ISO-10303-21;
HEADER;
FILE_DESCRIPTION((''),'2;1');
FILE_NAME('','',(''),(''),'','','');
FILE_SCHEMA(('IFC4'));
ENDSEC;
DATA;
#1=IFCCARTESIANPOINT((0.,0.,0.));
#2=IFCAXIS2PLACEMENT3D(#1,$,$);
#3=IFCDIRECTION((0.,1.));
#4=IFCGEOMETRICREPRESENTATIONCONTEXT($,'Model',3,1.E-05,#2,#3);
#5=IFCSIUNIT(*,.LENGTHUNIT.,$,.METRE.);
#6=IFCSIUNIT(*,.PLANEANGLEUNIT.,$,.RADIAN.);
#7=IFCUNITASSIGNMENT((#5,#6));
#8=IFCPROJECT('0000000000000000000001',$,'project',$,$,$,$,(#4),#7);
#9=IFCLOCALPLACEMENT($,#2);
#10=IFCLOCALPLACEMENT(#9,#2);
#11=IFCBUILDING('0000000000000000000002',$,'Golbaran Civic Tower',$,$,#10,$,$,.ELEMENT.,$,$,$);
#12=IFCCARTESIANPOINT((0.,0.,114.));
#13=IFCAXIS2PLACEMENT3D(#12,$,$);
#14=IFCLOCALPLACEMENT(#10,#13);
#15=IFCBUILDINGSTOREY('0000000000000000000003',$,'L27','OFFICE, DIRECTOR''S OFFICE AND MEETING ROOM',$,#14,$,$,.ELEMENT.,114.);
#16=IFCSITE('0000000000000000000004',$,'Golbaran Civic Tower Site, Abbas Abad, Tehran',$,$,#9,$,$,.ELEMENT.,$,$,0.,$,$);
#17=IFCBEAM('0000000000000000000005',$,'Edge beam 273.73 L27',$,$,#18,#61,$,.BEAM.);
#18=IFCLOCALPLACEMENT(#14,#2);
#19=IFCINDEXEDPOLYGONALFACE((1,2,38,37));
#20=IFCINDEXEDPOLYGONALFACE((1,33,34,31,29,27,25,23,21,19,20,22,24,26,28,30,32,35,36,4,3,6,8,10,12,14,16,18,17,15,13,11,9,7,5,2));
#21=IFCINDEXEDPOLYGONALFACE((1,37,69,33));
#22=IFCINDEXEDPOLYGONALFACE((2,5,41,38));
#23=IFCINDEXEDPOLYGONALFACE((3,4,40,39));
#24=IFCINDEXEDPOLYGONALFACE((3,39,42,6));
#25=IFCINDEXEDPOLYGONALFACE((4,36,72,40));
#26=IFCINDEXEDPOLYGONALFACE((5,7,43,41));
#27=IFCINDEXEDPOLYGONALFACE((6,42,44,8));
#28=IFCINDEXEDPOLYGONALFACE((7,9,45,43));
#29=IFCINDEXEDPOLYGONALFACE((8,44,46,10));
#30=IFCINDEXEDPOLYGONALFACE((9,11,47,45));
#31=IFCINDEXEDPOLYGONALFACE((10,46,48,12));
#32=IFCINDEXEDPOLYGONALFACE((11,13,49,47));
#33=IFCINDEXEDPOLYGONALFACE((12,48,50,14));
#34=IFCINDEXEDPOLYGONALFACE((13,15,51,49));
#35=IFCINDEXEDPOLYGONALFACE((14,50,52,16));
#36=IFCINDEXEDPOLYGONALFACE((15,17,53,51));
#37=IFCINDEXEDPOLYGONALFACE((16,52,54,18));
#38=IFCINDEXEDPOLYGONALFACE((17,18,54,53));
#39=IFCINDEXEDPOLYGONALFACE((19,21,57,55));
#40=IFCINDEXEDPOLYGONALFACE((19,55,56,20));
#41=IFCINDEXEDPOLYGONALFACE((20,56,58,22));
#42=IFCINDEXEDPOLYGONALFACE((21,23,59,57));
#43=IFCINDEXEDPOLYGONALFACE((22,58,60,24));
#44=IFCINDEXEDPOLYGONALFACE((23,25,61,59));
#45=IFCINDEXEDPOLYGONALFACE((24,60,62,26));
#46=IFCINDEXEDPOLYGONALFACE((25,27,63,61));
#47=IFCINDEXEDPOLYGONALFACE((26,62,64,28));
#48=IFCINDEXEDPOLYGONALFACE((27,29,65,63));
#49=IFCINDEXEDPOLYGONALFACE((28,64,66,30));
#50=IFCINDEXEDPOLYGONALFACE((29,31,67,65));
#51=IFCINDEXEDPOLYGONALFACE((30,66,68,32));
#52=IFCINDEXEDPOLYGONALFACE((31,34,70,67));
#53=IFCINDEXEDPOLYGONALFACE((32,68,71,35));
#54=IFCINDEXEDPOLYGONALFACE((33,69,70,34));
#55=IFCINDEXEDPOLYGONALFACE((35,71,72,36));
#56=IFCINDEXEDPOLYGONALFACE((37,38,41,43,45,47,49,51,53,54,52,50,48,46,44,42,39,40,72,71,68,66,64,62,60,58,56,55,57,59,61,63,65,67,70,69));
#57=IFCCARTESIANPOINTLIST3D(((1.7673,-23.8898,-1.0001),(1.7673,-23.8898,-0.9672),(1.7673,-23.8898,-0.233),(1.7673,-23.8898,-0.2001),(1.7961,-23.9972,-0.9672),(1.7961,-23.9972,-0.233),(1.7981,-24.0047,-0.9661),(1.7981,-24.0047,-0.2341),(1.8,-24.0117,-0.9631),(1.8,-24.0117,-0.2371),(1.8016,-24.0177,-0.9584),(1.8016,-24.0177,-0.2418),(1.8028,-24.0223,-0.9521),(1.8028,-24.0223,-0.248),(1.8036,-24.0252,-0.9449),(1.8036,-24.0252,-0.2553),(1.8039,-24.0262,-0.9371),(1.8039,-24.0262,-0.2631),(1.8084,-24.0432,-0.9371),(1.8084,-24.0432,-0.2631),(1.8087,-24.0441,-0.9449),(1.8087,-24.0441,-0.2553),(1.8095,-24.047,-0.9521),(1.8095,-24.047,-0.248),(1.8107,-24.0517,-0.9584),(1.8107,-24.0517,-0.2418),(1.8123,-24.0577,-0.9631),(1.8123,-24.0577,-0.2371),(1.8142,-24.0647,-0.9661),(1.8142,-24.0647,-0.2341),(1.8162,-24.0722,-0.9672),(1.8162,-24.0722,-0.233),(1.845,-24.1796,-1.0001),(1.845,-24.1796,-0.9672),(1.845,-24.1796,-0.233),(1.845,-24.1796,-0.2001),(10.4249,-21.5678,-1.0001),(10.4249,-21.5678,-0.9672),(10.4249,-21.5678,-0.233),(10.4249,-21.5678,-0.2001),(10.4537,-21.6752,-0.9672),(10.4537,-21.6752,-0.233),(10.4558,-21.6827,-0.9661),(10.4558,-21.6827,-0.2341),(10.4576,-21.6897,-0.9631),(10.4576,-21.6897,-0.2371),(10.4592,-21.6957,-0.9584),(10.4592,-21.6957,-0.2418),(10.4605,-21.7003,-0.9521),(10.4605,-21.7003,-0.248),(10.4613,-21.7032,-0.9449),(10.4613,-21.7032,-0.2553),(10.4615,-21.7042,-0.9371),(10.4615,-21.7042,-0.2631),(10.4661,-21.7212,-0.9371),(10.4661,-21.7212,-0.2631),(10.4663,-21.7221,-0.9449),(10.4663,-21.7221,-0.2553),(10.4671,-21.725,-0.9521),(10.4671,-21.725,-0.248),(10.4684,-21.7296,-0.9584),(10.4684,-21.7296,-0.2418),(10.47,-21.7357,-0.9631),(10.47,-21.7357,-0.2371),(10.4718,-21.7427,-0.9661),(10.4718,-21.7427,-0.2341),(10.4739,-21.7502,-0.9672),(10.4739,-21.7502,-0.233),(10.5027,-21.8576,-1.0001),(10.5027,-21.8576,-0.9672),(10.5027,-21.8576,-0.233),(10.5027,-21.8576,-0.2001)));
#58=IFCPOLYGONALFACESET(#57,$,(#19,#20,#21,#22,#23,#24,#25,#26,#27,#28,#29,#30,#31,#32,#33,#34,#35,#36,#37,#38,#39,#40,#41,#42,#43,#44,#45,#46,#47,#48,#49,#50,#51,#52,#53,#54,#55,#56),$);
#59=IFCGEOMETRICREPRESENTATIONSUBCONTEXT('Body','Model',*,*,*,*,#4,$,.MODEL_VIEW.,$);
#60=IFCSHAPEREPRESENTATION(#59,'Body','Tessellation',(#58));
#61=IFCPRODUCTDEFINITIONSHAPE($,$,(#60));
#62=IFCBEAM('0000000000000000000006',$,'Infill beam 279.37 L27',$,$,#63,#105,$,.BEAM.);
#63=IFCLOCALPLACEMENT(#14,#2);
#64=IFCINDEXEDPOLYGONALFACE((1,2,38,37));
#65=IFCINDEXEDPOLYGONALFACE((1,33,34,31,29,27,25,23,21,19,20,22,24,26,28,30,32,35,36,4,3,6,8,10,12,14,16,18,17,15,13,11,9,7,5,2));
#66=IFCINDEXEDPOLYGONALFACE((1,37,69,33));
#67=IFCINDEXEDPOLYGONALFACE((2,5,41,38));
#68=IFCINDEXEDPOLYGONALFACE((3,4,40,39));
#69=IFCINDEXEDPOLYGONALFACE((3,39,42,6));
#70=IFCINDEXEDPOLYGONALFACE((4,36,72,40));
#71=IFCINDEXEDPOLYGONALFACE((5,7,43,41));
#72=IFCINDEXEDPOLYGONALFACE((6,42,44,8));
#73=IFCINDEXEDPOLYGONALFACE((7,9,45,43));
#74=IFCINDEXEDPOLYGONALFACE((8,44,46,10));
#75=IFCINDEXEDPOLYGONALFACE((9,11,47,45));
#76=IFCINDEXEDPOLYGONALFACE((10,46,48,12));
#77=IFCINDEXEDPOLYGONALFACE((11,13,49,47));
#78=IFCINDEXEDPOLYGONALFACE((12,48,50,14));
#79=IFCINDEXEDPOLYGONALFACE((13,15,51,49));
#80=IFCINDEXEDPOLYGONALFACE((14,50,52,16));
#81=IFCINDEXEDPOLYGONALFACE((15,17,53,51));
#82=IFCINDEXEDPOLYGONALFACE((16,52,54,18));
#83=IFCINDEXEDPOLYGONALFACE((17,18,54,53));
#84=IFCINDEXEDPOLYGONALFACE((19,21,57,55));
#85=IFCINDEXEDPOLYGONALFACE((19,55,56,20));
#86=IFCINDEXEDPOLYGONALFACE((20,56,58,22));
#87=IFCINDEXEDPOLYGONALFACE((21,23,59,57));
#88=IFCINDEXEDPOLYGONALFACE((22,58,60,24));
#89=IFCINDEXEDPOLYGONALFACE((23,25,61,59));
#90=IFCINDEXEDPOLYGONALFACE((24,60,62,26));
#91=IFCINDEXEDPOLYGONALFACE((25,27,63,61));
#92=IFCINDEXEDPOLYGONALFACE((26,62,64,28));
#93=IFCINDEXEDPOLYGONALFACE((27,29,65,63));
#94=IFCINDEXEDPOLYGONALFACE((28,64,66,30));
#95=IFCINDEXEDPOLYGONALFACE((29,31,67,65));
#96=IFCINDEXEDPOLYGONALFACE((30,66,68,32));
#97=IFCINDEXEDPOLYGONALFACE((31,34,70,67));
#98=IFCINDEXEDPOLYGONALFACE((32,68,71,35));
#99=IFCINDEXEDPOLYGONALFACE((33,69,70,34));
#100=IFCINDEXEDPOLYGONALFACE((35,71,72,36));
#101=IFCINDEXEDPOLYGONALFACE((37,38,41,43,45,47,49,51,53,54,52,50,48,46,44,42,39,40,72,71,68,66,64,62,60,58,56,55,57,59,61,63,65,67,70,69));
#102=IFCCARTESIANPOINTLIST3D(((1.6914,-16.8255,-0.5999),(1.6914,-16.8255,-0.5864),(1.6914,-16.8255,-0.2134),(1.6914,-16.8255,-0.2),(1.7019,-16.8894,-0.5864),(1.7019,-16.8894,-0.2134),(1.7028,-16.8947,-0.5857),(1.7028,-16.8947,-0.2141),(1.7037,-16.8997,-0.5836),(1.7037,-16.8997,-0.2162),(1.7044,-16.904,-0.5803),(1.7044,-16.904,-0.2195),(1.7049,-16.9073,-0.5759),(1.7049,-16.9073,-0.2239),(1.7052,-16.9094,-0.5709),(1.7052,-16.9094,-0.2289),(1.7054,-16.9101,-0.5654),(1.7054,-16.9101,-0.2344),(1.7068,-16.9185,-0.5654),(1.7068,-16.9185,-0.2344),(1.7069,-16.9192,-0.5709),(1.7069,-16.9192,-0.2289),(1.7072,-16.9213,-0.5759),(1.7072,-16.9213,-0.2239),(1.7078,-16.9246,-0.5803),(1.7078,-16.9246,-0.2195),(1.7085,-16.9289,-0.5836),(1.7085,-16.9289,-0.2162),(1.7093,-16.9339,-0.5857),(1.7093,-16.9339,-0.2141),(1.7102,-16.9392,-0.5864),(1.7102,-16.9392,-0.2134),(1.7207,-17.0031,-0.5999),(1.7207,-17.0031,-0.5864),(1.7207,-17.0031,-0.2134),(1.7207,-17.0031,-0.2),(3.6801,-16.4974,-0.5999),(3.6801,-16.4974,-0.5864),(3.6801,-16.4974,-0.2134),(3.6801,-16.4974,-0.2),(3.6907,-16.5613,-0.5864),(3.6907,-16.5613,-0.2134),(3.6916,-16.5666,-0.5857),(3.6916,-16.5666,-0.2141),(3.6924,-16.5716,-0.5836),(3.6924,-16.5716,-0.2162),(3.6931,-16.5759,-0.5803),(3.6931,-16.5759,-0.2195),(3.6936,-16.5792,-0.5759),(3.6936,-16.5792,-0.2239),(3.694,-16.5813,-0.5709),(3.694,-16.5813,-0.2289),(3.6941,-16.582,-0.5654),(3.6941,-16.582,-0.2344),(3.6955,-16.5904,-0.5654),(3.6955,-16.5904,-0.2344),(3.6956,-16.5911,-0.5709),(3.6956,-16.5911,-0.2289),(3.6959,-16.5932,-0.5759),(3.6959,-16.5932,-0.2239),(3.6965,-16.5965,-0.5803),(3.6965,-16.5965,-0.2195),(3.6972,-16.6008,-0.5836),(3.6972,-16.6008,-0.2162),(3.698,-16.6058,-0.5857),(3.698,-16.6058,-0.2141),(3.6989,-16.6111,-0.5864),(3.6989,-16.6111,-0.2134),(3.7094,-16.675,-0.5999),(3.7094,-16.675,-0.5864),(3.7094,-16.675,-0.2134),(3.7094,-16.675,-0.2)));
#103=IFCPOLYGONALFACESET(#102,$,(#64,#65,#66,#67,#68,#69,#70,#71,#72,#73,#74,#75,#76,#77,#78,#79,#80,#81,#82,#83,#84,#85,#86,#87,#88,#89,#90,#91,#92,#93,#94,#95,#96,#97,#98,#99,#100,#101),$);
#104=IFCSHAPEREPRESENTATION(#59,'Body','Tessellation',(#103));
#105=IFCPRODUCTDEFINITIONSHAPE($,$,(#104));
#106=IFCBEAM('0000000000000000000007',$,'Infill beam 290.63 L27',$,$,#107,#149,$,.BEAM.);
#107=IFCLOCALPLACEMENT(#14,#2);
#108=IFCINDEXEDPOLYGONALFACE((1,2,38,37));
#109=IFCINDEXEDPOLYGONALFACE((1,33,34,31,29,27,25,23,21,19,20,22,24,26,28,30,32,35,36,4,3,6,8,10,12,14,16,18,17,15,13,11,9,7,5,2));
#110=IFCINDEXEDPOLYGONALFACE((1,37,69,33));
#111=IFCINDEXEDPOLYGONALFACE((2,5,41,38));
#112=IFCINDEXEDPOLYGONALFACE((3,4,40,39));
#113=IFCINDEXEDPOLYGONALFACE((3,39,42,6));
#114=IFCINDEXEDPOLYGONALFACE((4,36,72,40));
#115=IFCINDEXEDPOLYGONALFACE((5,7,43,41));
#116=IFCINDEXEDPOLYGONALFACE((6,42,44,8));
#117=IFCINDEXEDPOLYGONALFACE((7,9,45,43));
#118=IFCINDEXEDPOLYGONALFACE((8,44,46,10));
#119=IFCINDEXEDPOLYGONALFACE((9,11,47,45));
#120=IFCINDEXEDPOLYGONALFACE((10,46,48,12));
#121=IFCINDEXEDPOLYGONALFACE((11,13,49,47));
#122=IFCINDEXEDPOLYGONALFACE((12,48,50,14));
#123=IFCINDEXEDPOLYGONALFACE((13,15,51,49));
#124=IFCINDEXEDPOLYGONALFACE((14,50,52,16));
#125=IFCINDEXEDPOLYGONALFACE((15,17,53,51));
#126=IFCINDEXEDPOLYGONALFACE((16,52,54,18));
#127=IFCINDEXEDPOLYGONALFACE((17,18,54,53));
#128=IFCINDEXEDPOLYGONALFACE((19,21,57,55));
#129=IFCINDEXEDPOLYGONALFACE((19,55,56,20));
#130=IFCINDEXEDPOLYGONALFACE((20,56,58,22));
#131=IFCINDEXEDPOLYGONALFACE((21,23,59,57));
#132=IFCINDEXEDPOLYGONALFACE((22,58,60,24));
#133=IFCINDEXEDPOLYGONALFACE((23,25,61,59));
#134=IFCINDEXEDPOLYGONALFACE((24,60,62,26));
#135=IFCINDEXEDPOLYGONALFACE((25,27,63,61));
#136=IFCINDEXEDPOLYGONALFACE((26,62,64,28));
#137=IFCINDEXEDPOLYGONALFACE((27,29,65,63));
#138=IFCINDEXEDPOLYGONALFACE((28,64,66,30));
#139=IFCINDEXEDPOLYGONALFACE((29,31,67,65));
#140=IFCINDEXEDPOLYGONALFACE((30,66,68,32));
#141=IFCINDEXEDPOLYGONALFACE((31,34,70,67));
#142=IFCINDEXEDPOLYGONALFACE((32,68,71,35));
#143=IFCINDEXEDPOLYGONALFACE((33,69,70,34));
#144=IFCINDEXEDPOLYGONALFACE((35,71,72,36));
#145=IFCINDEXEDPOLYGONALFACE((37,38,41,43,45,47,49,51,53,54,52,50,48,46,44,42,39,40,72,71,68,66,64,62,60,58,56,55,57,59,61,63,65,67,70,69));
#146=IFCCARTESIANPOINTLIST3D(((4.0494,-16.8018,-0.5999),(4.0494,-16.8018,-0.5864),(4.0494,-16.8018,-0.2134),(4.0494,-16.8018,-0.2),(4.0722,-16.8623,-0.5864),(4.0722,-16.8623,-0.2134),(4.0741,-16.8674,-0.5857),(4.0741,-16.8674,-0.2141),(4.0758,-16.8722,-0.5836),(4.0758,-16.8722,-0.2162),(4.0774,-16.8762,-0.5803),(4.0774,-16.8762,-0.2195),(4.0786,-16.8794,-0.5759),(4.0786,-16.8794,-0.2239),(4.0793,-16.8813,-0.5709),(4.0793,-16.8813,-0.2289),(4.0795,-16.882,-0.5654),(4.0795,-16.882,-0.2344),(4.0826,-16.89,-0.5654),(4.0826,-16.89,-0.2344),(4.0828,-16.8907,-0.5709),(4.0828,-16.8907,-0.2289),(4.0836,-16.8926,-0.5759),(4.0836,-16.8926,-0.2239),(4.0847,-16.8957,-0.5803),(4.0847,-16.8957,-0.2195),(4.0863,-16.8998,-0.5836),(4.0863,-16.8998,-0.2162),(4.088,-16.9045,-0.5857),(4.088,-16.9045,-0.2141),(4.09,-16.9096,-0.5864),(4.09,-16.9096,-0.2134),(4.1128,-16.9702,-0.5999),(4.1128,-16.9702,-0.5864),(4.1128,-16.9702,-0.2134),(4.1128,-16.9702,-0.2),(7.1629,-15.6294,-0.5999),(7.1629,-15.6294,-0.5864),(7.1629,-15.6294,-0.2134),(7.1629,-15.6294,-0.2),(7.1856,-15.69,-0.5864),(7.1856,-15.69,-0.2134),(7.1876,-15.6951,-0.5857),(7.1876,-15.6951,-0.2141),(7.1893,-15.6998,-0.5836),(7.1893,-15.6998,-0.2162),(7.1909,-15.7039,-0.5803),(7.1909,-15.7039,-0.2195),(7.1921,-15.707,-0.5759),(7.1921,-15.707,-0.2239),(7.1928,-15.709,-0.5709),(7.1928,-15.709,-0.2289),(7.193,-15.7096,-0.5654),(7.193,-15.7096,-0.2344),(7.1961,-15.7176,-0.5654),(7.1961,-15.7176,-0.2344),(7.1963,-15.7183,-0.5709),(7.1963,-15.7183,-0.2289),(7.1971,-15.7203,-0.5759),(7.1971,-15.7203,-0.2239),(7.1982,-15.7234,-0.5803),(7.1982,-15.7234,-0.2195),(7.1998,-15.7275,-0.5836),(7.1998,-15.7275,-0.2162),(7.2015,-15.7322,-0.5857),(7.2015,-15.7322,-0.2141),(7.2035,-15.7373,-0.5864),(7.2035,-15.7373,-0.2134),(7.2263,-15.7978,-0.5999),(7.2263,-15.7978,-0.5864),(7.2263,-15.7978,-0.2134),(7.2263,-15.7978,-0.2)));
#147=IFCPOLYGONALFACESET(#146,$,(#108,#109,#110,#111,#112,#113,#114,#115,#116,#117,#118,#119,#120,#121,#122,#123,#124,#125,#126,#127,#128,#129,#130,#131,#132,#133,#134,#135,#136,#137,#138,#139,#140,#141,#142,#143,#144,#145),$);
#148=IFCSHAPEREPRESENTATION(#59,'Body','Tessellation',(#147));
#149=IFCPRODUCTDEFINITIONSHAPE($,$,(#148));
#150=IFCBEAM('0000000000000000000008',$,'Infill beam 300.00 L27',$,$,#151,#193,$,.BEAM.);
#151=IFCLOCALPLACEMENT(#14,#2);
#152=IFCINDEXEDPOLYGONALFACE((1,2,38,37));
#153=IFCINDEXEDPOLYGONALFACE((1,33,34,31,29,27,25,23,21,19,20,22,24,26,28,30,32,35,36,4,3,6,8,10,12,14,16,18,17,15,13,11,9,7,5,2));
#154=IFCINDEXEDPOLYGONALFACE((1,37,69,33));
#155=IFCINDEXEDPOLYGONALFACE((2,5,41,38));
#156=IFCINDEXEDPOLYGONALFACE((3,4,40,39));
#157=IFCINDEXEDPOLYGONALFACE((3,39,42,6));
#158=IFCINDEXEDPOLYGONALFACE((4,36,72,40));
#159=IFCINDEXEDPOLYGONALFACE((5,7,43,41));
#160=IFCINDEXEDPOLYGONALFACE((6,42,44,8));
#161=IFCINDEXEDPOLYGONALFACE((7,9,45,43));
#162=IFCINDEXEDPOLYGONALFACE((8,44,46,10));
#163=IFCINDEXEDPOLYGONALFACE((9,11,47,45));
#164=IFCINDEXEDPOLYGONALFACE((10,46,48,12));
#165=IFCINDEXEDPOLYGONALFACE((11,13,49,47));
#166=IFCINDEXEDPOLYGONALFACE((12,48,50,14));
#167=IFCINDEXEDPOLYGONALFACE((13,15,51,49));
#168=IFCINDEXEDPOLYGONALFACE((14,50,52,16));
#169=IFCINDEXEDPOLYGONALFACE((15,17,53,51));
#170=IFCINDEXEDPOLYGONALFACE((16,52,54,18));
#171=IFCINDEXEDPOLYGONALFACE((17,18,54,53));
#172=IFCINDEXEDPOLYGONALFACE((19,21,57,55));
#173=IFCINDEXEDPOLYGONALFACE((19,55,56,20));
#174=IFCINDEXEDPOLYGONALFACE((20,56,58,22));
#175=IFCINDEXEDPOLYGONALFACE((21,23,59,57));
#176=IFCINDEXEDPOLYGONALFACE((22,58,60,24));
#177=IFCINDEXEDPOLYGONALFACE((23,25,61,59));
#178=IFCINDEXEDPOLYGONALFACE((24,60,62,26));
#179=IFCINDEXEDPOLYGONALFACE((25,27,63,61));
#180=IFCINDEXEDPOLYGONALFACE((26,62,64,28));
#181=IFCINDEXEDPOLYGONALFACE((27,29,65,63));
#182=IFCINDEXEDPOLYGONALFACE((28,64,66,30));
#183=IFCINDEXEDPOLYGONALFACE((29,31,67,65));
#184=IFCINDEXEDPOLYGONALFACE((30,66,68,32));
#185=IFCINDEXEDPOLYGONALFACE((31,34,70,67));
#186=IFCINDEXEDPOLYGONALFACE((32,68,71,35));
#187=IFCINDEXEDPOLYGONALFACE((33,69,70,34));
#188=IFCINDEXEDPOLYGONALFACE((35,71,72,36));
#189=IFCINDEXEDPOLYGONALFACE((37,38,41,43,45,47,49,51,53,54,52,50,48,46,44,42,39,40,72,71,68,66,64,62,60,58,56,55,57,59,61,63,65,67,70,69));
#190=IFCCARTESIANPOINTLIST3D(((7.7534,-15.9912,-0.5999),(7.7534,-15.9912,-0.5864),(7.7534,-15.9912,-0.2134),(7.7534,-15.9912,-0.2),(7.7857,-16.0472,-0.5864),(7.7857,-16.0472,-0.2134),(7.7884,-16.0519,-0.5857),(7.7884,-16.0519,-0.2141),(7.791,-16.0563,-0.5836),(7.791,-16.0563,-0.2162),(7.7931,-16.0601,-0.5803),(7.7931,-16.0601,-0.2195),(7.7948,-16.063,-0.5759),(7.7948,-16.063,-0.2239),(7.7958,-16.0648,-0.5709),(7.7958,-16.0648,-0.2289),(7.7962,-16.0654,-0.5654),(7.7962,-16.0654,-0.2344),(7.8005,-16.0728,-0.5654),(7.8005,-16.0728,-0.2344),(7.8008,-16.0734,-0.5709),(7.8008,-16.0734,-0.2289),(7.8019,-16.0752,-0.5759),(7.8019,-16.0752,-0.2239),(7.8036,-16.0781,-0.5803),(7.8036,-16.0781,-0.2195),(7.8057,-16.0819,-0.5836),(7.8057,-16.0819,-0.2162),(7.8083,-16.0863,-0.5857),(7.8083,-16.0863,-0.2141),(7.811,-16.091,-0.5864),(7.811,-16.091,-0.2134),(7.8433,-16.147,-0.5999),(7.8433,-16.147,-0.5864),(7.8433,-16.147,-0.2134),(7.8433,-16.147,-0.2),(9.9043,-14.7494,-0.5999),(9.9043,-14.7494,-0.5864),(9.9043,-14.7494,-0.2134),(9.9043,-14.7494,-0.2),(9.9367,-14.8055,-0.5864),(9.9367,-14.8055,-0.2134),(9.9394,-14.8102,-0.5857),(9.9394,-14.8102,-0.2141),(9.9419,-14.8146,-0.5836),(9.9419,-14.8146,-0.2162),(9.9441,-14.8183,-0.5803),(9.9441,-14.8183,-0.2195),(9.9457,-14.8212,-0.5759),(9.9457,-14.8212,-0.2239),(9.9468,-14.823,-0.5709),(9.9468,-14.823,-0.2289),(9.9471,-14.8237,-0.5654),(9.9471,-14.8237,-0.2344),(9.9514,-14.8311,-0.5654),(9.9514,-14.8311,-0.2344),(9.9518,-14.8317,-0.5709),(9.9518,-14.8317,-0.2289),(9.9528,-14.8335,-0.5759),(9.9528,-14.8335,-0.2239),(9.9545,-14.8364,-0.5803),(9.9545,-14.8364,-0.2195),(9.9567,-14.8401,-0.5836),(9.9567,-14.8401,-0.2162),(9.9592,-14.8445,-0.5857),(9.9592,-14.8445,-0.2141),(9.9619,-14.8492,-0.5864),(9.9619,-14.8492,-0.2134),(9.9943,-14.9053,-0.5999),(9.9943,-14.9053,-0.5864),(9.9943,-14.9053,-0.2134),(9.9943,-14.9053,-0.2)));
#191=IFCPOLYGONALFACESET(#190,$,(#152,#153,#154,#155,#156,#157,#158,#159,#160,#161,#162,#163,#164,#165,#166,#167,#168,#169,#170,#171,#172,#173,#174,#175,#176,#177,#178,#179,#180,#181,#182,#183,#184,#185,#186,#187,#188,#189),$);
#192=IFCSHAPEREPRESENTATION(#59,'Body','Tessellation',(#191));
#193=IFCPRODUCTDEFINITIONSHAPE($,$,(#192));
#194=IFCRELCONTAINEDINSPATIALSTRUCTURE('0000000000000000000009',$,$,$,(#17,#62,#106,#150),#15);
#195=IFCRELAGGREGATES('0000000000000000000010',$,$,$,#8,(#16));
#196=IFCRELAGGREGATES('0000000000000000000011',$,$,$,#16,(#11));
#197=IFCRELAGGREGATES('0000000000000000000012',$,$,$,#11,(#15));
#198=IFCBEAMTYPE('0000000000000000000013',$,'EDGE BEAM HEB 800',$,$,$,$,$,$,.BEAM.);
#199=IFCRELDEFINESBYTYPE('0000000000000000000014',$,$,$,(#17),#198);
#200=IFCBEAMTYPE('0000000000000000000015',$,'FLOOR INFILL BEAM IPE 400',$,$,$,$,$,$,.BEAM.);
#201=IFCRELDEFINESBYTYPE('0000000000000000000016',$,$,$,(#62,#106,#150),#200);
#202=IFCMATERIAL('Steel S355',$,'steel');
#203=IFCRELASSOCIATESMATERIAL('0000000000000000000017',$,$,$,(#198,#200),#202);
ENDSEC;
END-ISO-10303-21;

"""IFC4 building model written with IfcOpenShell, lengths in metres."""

from ifc_helpers import new_model, si_unit, direction, frame, origin, origin_2d, place, context, subcontext, project, spatial, i_section, extrude, material, material_profile, profile_set, type_object, element, save


model = new_model("IFC4")

# Units and contexts
model_context = context("Model", 3, precision=1e-05, world=origin(), true_north=direction((0.0, 1.0)))
body_context = subcontext(model_context, "Body", "Model", "MODEL_VIEW")
ifc_project = project(units=[si_unit("LENGTHUNIT", "METRE"), si_unit("PLANEANGLEUNIT", "RADIAN")], contexts=[model_context])

# Site, building, storey
site_placement = place(None, origin())
site = spatial("IfcSite", under=ifc_project, at=site_placement, Name="Golbaran Civic Tower Site, Abbas Abad, Tehran", CompositionType="ELEMENT", RefElevation=0.0)
building_placement = place(site_placement, origin())
building = spatial("IfcBuilding", under=site, at=building_placement, Name="Golbaran Civic Tower", CompositionType="ELEMENT")
storey_placement = place(building_placement, frame((0.0, 0.0, 114.0)))
storey = spatial("IfcBuildingStorey", under=building, at=storey_placement, Name="L27", Description="OFFICE, DIRECTOR'S OFFICE AND MEETING ROOM", CompositionType="ELEMENT", Elevation=114.0)

# Beams
ifc_material_1 = material(Name="Steel S355", Category="steel")
ifc_material_profile_1 = material_profile(ifc_material_1, i_section(OverallWidth=0.3, OverallDepth=0.8, WebThickness=0.0176, FlangeThickness=0.033, FilletRadius=0.03, at=origin_2d()), Name="HEB 800")
ifc_profile_set_1 = profile_set([ifc_material_profile_1], Name="Steel S355")
beam_type_1 = type_object("IfcBeamType", Name="EDGE BEAM HEB 800", PredefinedType="BEAM", material=ifc_profile_set_1)
beam_1_placement = place(storey_placement, frame((1.8062, -24.0347, -0.6001), z_axis=(0.965865, 0.259047, 0.0), x_axis=(-0.259047, 0.965865, 0.0)))
element("IfcBeam", 1, at=beam_1_placement, inside=storey, type_object=beam_type_1, Name="Edge beam 273.73 L27", PredefinedType="BEAM", context=body_context, shape_type="SweptSolid", body=[
    extrude(i_section(OverallWidth=0.3, OverallDepth=0.8, WebThickness=0.0176, FlangeThickness=0.033, FilletRadius=0.03, at=origin_2d()), origin(), (0.0, 0.0, 1.0), 8.9636),
])
ifc_material_profile_2 = material_profile(ifc_material_1, i_section(OverallWidth=0.1799, OverallDepth=0.3999, WebThickness=0.0085, FlangeThickness=0.0134, FilletRadius=0.021, at=origin_2d()), Name="IPE 400")
ifc_profile_set_2 = profile_set([ifc_material_profile_2], Name="Steel S355")
beam_type_2 = type_object("IfcBeamType", Name="FLOOR INFILL BEAM IPE 400", PredefinedType="BEAM", material=ifc_profile_set_2)
beam_2_placement = place(storey_placement, frame((1.7061, -16.9143, -0.3999), z_axis=(0.986661, 0.162788, 0.0), x_axis=(-0.162788, 0.986661, 0.0)))
element("IfcBeam", 2, at=beam_2_placement, inside=storey, type_object=beam_type_2, Name="Infill beam 279.37 L27", PredefinedType="BEAM", context=body_context, shape_type="SweptSolid", body=[
    extrude(i_section(OverallWidth=0.1799, OverallDepth=0.3999, WebThickness=0.0085, FlangeThickness=0.0134, FilletRadius=0.021, at=origin_2d()), origin(), (0.0, 0.0, 1.0), 2.0156),
])
beam_3_placement = place(storey_placement, frame((4.0811, -16.886, -0.3999), z_axis=(0.935855, 0.352386, 0.0), x_axis=(-0.352386, 0.935855, 0.0)))
element("IfcBeam", 3, at=beam_3_placement, inside=storey, type_object=beam_type_2, Name="Infill beam 290.63 L27", PredefinedType="BEAM", context=body_context, shape_type="SweptSolid", body=[
    extrude(i_section(OverallWidth=0.1799, OverallDepth=0.3999, WebThickness=0.0085, FlangeThickness=0.0134, FilletRadius=0.021, at=origin_2d()), origin(), (0.0, 0.0, 1.0), 3.3269),
])
beam_4_placement = place(storey_placement, frame((7.7983, -16.0691, -0.3999), z_axis=(0.866045, 0.499966, 0.0), x_axis=(-0.499966, 0.866045, 0.0)))
element("IfcBeam", 4, at=beam_4_placement, inside=storey, type_object=beam_type_2, Name="Infill beam 300.00 L27", PredefinedType="BEAM", context=body_context, shape_type="SweptSolid", body=[
    extrude(i_section(OverallWidth=0.1799, OverallDepth=0.3999, WebThickness=0.0085, FlangeThickness=0.0134, FilletRadius=0.021, at=origin_2d()), origin(), (0.0, 0.0, 1.0), 2.4836),
])

save(model, "model.ifc")
